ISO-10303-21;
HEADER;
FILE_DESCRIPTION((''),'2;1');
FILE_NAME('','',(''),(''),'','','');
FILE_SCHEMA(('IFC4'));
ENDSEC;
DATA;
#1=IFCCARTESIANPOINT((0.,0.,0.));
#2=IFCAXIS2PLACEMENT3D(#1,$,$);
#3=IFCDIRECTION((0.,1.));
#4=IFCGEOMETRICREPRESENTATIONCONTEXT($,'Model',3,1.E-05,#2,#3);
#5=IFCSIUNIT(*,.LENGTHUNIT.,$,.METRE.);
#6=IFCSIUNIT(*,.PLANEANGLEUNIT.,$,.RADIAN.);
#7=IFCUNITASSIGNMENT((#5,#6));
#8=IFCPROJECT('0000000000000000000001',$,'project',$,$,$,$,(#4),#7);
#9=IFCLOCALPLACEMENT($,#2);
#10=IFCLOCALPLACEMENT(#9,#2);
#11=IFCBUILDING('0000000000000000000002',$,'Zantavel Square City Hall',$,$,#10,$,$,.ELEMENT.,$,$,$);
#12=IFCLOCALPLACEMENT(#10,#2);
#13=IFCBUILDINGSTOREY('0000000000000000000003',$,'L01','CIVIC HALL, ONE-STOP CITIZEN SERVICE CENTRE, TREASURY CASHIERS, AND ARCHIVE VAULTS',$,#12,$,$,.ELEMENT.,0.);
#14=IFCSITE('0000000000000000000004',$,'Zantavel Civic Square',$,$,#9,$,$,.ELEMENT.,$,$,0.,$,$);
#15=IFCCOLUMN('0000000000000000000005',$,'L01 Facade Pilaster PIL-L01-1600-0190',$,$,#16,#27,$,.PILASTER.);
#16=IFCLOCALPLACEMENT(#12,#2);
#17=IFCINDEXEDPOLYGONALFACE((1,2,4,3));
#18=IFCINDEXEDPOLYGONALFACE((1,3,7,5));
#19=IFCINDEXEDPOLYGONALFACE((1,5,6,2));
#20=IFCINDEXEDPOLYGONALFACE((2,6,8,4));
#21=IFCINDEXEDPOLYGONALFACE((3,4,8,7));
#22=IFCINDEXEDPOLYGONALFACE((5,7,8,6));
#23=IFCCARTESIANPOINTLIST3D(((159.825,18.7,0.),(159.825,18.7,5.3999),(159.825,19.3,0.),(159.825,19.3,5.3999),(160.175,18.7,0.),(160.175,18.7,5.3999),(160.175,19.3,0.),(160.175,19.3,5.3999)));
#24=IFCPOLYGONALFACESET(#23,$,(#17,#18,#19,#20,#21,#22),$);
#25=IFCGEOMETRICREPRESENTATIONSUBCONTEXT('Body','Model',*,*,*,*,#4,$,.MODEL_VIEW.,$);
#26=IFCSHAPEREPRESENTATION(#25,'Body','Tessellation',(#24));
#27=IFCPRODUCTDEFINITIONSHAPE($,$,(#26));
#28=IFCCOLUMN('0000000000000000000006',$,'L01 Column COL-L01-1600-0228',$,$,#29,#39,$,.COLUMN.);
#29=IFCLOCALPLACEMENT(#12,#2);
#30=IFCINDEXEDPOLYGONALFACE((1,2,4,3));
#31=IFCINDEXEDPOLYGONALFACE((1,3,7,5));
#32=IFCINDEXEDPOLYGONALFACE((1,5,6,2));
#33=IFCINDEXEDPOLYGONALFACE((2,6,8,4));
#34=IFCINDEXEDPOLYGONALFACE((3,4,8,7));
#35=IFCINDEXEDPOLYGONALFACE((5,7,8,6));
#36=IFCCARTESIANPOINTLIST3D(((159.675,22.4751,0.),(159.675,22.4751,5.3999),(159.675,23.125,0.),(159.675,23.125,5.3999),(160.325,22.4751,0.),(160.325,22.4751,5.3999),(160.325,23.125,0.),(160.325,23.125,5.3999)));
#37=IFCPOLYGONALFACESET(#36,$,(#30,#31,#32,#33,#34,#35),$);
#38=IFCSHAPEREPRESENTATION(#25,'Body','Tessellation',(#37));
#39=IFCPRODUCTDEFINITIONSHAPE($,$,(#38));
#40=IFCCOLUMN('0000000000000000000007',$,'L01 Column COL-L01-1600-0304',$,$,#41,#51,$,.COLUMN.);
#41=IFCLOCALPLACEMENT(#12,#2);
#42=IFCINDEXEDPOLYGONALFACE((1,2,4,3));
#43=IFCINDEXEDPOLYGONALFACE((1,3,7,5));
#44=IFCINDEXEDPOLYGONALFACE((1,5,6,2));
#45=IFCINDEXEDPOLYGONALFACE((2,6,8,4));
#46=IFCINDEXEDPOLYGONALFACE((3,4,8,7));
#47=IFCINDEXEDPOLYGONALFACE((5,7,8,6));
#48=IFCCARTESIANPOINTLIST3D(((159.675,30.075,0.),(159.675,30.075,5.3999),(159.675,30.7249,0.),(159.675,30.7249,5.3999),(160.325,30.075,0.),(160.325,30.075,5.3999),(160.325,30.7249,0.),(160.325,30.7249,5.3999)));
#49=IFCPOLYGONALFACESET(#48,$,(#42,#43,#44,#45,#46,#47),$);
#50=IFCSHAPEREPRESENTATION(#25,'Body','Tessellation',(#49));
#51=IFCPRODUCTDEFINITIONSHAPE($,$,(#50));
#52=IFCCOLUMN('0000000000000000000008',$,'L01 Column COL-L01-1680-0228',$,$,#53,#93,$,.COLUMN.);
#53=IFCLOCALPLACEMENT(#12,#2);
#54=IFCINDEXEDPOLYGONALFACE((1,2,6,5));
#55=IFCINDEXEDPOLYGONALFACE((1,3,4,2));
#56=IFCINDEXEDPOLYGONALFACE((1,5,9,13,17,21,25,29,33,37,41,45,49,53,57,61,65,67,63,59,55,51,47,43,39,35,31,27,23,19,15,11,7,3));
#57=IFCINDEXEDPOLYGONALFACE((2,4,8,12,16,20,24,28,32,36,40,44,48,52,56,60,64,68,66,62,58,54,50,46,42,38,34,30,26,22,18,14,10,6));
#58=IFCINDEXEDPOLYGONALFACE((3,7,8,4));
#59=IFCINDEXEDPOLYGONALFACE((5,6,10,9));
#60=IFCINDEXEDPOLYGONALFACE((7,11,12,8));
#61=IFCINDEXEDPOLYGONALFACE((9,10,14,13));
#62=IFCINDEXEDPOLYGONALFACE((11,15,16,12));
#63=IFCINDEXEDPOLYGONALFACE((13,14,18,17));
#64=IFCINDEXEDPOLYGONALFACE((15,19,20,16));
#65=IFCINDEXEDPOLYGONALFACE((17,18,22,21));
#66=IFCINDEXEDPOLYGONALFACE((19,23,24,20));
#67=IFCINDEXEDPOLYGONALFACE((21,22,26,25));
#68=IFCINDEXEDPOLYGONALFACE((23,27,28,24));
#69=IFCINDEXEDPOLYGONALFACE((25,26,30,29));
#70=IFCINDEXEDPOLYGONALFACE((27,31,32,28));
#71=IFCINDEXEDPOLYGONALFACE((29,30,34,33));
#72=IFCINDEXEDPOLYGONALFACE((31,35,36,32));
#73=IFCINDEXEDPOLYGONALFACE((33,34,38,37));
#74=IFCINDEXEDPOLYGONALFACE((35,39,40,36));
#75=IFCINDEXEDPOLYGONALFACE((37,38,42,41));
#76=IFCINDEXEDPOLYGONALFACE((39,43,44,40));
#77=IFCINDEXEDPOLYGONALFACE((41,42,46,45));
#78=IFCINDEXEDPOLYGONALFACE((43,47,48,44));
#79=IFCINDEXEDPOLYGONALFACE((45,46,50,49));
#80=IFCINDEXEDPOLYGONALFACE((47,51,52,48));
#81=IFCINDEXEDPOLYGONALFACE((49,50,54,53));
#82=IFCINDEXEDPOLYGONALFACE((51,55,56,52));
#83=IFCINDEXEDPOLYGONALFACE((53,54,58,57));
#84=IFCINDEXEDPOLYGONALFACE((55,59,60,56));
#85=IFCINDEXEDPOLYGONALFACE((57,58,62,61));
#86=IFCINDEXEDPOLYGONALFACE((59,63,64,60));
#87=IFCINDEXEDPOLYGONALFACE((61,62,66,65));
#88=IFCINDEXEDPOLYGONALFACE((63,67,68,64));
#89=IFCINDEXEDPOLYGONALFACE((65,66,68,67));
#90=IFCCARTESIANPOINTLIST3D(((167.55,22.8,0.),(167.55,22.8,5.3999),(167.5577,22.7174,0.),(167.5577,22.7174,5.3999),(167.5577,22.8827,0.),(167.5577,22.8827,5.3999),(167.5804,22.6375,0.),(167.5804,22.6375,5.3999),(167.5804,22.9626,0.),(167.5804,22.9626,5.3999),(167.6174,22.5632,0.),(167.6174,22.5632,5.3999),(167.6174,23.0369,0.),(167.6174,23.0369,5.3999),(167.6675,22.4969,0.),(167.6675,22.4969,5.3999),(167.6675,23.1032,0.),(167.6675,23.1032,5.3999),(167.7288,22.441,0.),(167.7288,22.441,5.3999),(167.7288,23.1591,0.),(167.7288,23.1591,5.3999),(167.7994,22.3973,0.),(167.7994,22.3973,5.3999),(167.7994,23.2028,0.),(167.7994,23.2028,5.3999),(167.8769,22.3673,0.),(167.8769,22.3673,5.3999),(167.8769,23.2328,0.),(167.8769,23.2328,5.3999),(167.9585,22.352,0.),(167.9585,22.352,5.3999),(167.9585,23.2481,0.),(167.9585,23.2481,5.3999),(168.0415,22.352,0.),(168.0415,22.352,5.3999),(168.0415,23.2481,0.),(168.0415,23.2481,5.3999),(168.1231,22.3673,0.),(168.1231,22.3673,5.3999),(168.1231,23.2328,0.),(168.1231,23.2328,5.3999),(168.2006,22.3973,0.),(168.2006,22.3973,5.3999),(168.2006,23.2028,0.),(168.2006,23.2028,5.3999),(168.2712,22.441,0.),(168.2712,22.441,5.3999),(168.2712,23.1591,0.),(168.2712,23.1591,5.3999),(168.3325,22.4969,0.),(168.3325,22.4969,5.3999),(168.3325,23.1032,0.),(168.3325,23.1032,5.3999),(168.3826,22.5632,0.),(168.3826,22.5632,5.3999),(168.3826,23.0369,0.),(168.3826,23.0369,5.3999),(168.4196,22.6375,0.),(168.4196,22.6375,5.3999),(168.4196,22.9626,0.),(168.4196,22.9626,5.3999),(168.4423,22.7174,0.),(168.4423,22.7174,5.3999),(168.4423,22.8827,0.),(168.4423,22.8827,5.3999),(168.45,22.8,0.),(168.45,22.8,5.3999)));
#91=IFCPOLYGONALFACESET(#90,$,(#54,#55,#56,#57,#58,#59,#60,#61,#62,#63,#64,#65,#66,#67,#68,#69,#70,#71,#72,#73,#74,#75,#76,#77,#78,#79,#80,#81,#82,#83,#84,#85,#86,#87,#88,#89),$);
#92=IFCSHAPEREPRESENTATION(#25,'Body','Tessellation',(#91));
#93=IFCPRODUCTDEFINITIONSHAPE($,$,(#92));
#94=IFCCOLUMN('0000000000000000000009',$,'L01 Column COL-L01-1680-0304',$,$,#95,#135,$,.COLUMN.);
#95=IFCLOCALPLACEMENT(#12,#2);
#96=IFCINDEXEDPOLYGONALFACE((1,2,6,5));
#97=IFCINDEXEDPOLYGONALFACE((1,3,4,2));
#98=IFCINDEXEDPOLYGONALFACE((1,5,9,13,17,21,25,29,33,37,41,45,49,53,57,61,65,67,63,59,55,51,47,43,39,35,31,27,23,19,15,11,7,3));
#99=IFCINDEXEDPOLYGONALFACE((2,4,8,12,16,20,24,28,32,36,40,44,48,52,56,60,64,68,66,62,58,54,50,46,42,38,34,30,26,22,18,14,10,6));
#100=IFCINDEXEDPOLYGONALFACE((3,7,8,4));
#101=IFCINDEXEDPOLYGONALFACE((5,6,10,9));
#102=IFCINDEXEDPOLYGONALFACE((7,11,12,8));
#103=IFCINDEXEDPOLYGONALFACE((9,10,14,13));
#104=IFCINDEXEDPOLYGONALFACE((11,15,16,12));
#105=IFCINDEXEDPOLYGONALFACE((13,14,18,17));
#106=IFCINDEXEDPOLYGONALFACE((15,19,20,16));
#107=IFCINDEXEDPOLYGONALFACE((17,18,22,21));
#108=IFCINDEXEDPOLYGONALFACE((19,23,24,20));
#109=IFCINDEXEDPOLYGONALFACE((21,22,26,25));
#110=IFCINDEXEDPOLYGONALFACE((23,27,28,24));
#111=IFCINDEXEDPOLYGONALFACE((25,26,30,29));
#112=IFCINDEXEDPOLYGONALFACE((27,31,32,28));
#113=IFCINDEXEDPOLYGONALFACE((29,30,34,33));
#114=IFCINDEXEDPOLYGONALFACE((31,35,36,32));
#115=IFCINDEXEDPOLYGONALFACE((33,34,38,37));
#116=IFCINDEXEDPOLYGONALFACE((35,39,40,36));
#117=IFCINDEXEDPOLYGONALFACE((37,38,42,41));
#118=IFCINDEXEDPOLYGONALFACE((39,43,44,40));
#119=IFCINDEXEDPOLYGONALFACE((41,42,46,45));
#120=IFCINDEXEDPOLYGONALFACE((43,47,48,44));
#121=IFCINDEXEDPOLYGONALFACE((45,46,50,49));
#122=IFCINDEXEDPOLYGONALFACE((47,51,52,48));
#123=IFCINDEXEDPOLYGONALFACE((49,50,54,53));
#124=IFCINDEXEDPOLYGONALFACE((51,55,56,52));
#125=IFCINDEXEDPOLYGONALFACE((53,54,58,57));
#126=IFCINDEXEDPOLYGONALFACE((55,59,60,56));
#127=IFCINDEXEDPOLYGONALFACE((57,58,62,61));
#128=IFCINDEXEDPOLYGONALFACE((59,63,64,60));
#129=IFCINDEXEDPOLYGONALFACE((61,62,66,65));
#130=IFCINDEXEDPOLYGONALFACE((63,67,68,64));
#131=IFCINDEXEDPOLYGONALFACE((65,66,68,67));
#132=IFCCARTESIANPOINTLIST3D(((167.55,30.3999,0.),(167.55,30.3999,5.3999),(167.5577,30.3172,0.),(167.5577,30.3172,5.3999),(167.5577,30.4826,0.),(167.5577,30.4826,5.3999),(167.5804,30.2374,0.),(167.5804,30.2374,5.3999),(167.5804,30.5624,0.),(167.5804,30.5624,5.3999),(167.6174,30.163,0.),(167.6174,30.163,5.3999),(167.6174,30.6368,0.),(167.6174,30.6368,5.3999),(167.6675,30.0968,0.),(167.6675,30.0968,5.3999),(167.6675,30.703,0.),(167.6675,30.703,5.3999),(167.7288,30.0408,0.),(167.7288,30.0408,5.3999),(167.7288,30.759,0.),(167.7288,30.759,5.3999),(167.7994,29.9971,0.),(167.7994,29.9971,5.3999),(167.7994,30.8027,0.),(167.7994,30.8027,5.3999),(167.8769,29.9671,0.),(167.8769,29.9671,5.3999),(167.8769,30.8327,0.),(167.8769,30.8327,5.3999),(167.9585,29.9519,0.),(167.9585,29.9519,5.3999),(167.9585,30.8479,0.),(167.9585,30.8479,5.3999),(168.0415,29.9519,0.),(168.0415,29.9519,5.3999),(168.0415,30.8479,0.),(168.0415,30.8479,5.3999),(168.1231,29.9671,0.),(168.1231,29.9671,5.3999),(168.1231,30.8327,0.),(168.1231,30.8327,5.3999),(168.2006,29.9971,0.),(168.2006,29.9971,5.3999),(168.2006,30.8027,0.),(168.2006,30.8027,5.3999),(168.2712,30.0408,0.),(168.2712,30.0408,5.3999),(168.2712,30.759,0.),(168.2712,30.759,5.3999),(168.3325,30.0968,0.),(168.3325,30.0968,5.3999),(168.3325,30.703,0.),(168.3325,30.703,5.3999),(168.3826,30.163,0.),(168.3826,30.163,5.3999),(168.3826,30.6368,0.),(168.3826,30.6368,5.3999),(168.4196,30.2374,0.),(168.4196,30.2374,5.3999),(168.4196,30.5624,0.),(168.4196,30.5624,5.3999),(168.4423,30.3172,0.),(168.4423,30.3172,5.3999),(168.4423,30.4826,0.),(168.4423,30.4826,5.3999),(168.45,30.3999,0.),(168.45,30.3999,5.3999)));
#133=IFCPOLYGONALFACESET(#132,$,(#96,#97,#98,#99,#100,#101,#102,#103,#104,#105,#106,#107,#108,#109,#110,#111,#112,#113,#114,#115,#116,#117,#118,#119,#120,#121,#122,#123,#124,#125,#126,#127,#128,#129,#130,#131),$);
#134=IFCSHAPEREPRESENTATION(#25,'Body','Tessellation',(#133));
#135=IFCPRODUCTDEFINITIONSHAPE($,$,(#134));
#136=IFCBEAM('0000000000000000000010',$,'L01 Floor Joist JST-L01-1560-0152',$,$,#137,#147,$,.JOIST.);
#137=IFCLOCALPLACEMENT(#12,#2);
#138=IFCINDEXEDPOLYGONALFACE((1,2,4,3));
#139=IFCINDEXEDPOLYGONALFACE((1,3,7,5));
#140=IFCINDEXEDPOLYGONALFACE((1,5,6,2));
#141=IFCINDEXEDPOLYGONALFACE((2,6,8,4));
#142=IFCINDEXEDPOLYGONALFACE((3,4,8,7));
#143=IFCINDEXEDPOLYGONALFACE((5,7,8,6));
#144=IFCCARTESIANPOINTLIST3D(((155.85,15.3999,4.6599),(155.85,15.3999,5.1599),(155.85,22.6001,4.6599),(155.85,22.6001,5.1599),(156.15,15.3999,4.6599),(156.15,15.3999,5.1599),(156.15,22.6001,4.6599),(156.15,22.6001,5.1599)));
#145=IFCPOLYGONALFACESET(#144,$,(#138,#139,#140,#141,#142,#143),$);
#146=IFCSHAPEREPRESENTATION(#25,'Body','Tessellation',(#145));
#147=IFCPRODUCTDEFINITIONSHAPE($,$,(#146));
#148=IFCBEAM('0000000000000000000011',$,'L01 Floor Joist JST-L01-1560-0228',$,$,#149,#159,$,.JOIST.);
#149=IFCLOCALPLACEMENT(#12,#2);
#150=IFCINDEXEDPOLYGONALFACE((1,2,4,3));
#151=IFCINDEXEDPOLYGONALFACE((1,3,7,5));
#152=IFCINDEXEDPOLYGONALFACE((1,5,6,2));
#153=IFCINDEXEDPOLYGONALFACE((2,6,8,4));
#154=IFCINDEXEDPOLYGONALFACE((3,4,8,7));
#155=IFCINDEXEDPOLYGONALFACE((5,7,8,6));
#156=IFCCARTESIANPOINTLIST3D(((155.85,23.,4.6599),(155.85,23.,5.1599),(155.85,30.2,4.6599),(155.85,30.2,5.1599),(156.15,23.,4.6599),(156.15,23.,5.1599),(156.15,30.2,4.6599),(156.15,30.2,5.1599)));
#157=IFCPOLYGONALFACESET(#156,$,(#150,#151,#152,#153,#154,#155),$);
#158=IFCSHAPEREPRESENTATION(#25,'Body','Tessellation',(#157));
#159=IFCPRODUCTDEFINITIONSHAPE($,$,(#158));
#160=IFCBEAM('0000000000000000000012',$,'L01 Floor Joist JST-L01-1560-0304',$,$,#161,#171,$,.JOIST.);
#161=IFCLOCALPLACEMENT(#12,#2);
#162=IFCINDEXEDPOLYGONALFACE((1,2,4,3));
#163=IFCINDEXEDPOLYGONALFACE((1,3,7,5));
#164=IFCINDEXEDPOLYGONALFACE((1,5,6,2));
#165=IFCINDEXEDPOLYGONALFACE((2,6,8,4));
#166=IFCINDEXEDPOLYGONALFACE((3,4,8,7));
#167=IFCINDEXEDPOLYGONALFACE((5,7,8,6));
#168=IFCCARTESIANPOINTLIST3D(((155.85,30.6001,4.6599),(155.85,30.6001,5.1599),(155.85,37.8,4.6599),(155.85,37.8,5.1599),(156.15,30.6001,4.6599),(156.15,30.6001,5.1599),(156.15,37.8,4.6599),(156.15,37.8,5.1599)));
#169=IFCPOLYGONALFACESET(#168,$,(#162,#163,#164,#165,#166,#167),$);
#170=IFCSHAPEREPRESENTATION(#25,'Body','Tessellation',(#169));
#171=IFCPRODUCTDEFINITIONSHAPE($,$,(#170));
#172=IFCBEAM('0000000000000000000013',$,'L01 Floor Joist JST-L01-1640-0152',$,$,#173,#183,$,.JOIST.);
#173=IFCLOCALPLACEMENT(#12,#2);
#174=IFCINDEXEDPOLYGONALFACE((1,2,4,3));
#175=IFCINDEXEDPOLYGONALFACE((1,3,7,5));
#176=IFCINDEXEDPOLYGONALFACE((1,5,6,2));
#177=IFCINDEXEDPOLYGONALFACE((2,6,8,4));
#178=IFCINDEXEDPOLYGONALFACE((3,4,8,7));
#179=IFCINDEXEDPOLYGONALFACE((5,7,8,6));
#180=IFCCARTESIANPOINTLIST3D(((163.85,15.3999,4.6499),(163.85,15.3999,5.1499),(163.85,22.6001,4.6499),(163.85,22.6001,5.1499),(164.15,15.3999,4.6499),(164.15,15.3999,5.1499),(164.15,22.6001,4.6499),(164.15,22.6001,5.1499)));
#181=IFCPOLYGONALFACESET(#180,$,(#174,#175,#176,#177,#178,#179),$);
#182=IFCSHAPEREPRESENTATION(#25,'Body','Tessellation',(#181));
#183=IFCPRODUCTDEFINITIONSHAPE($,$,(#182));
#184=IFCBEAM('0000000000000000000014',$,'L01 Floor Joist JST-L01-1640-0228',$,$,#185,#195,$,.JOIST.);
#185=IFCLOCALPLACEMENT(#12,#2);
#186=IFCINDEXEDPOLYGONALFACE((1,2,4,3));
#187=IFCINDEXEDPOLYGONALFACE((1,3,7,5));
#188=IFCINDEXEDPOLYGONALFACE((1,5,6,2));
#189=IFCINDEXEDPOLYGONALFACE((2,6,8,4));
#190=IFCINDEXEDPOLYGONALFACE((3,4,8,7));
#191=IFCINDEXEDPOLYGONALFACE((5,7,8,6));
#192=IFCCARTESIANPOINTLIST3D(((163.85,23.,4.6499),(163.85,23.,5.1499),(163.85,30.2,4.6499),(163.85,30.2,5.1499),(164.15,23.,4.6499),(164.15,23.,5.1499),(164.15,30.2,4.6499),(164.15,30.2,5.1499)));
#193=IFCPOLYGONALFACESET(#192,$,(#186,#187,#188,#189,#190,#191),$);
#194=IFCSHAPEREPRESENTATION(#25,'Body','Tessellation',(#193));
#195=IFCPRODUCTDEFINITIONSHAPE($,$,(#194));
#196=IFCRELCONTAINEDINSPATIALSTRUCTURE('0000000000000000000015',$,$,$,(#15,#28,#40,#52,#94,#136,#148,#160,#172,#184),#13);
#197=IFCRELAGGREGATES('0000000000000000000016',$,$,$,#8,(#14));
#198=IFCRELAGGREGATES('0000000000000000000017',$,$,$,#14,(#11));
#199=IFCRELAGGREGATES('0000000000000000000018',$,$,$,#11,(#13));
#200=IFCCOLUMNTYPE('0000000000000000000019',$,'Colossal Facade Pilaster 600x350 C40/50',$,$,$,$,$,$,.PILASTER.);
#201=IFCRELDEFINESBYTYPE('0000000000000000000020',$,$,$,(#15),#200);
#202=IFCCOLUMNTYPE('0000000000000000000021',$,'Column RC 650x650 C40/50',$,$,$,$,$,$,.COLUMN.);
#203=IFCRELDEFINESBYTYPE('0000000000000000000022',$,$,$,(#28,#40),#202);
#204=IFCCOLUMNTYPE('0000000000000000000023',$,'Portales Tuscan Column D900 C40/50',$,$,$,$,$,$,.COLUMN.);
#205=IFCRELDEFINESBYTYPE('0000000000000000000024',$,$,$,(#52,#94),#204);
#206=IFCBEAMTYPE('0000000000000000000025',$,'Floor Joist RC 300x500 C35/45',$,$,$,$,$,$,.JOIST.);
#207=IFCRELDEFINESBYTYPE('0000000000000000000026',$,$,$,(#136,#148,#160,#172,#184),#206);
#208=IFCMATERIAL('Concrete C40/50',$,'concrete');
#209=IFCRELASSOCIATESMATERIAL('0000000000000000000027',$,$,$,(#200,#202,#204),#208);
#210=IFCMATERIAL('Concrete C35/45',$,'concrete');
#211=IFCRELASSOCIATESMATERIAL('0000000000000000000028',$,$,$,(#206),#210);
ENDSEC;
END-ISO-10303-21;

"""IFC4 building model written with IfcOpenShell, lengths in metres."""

from ifc_helpers import new_model, si_unit, direction, frame, origin, origin_2d, place, context, subcontext, project, spatial, rectangle, circle, extrude, material, material_profile, profile_set, type_object, element, save


model = new_model("IFC4")

# Units and contexts
model_context = context("Model", 3, precision=1e-05, world=origin(), true_north=direction((0.0, 1.0)))
body_context = subcontext(model_context, "Body", "Model", "MODEL_VIEW")
ifc_project = project(units=[si_unit("LENGTHUNIT", "METRE"), si_unit("PLANEANGLEUNIT", "RADIAN")], contexts=[model_context])

# Site, building, storey
site_placement = place(None, origin())
site = spatial("IfcSite", under=ifc_project, at=site_placement, Name="Zantavel Civic Square", CompositionType="ELEMENT", RefElevation=0.0)
building_placement = place(site_placement, origin())
building = spatial("IfcBuilding", under=site, at=building_placement, Name="Zantavel Square City Hall", CompositionType="ELEMENT")
storey_placement = place(building_placement, origin())
storey = spatial("IfcBuildingStorey", under=building, at=storey_placement, Name="L01", Description="CIVIC HALL, ONE-STOP CITIZEN SERVICE CENTRE, TREASURY CASHIERS, AND ARCHIVE VAULTS", CompositionType="ELEMENT", Elevation=0.0)

# Columns
ifc_material_1 = material(Name="Concrete C40/50", Category="concrete")
ifc_material_profile_1 = material_profile(ifc_material_1, rectangle(XDim=0.6001, YDim=0.3501, at=origin_2d()), Name="RC 600x350")
ifc_profile_set_1 = profile_set([ifc_material_profile_1], Name="Concrete C40/50")
column_type_1 = type_object("IfcColumnType", Name="Colossal Facade Pilaster 600x350 C40/50", PredefinedType="PILASTER", material=ifc_profile_set_1)
column_placement = place(storey_placement, frame((160.0, 19.0, 0.0), z_axis=(0.0, 0.0, 1.0), x_axis=(0.0, 1.0, 0.0)))
element("IfcColumn", 1, at=column_placement, inside=storey, type_object=column_type_1, Name="L01 Facade Pilaster PIL-L01-1600-0190", PredefinedType="PILASTER", context=body_context, shape_type="SweptSolid", body=[
    extrude(rectangle(XDim=0.6001, YDim=0.3501, at=origin_2d()), origin(), (0.0, 0.0, 1.0), 5.3999),
])
ifc_material_profile_2 = material_profile(ifc_material_1, rectangle(XDim=0.6499, YDim=0.6499, at=origin_2d()), Name="RC 650x650")
ifc_profile_set_2 = profile_set([ifc_material_profile_2], Name="Concrete C40/50")
column_type_2 = type_object("IfcColumnType", Name="Column RC 650x650 C40/50", PredefinedType="COLUMN", material=ifc_profile_set_2)
for number, where, z_axis, x_axis, name in (
    (2, (160.0, 22.8, 0.0), (0.0, 0.0, 1.0), (1.0, 0.0, 0.0), "L01 Column COL-L01-1600-0228"),
    (3, (160.0, 30.3999, 0.0), (0.0, 0.0, 1.0), (1.0, 0.0, 0.0), "L01 Column COL-L01-1600-0304"),
):
    element("IfcColumn", number, at=place(storey_placement, frame(where, z_axis=z_axis, x_axis=x_axis)), inside=storey, type_object=column_type_2, Name=name, PredefinedType="COLUMN", context=body_context, shape_type="SweptSolid", body=[
        extrude(rectangle(XDim=0.6499, YDim=0.6499, at=origin_2d()), origin(), (0.0, 0.0, 1.0), 5.3999),
    ])
ifc_material_profile_3 = material_profile(ifc_material_1, circle(Radius=0.45, at=origin_2d()), Name="ROUND D900")
ifc_profile_set_3 = profile_set([ifc_material_profile_3], Name="Concrete C40/50")
column_type_3 = type_object("IfcColumnType", Name="Portales Tuscan Column D900 C40/50", PredefinedType="COLUMN", material=ifc_profile_set_3)
for number, where, z_axis, x_axis, name in (
    (4, (168.0, 22.8, 0.0), (0.0, 0.0, 1.0), (1.0, 0.0, 0.0), "L01 Column COL-L01-1680-0228"),
    (5, (168.0, 30.3999, 0.0), (0.0, 0.0, 1.0), (1.0, 0.0, 0.0), "L01 Column COL-L01-1680-0304"),
):
    element("IfcColumn", number, at=place(storey_placement, frame(where, z_axis=z_axis, x_axis=x_axis)), inside=storey, type_object=column_type_3, Name=name, PredefinedType="COLUMN", context=body_context, shape_type="SweptSolid", body=[
        extrude(circle(Radius=0.45, at=origin_2d()), origin(), (0.0, 0.0, 1.0), 5.3999),
    ])

# Beams
ifc_material_2 = material(Name="Concrete C35/45", Category="concrete")
ifc_material_profile_4 = material_profile(ifc_material_2, rectangle(XDim=0.3, YDim=0.5, at=origin_2d()), Name="RC 300x500")
ifc_profile_set_4 = profile_set([ifc_material_profile_4], Name="Concrete C35/45")
beam_type_1 = type_object("IfcBeamType", Name="Floor Joist RC 300x500 C35/45", PredefinedType="JOIST", material=ifc_profile_set_4)
beam_1_placement = place(storey_placement, frame((156.0, 15.3999, 4.9099), z_axis=(0.0, 1.0, 0.0), x_axis=(-1.0, 0.0, 0.0)))
element("IfcBeam", 6, at=beam_1_placement, inside=storey, type_object=beam_type_1, Name="L01 Floor Joist JST-L01-1560-0152", PredefinedType="JOIST", context=body_context, shape_type="SweptSolid", body=[
    extrude(rectangle(XDim=0.3, YDim=0.5, at=origin_2d()), origin(), (0.0, 0.0, 1.0), 7.2002),
])
for number, where, z_axis, x_axis, name in (
    (7, (156.0, 23.0, 4.9099), (0.0, 1.0, 0.0), (-1.0, 0.0, 0.0), "L01 Floor Joist JST-L01-1560-0228"),
    (8, (156.0, 30.6001, 4.9099), (0.0, 1.0, 0.0), (-1.0, 0.0, 0.0), "L01 Floor Joist JST-L01-1560-0304"),
):
    element("IfcBeam", number, at=place(storey_placement, frame(where, z_axis=z_axis, x_axis=x_axis)), inside=storey, type_object=beam_type_1, Name=name, PredefinedType="JOIST", context=body_context, shape_type="SweptSolid", body=[
        extrude(rectangle(XDim=0.3, YDim=0.5, at=origin_2d()), origin(), (0.0, 0.0, 1.0), 7.2),
    ])
beam_2_placement = place(storey_placement, frame((164.0, 15.3999, 4.8999), z_axis=(0.0, 1.0, 0.0), x_axis=(-1.0, 0.0, 0.0)))
element("IfcBeam", 9, at=beam_2_placement, inside=storey, type_object=beam_type_1, Name="L01 Floor Joist JST-L01-1640-0152", PredefinedType="JOIST", context=body_context, shape_type="SweptSolid", body=[
    extrude(rectangle(XDim=0.3, YDim=0.5, at=origin_2d()), origin(), (0.0, 0.0, 1.0), 7.2002),
])
for number, where, z_axis, x_axis, name in (
    (10, (164.0, 23.0, 4.8999), (0.0, 1.0, 0.0), (-1.0, 0.0, 0.0), "L01 Floor Joist JST-L01-1640-0228"),
):
    element("IfcBeam", number, at=place(storey_placement, frame(where, z_axis=z_axis, x_axis=x_axis)), inside=storey, type_object=beam_type_1, Name=name, PredefinedType="JOIST", context=body_context, shape_type="SweptSolid", body=[
        extrude(rectangle(XDim=0.3, YDim=0.5, at=origin_2d()), origin(), (0.0, 0.0, 1.0), 7.2),
    ])

save(model, "model.ifc")
